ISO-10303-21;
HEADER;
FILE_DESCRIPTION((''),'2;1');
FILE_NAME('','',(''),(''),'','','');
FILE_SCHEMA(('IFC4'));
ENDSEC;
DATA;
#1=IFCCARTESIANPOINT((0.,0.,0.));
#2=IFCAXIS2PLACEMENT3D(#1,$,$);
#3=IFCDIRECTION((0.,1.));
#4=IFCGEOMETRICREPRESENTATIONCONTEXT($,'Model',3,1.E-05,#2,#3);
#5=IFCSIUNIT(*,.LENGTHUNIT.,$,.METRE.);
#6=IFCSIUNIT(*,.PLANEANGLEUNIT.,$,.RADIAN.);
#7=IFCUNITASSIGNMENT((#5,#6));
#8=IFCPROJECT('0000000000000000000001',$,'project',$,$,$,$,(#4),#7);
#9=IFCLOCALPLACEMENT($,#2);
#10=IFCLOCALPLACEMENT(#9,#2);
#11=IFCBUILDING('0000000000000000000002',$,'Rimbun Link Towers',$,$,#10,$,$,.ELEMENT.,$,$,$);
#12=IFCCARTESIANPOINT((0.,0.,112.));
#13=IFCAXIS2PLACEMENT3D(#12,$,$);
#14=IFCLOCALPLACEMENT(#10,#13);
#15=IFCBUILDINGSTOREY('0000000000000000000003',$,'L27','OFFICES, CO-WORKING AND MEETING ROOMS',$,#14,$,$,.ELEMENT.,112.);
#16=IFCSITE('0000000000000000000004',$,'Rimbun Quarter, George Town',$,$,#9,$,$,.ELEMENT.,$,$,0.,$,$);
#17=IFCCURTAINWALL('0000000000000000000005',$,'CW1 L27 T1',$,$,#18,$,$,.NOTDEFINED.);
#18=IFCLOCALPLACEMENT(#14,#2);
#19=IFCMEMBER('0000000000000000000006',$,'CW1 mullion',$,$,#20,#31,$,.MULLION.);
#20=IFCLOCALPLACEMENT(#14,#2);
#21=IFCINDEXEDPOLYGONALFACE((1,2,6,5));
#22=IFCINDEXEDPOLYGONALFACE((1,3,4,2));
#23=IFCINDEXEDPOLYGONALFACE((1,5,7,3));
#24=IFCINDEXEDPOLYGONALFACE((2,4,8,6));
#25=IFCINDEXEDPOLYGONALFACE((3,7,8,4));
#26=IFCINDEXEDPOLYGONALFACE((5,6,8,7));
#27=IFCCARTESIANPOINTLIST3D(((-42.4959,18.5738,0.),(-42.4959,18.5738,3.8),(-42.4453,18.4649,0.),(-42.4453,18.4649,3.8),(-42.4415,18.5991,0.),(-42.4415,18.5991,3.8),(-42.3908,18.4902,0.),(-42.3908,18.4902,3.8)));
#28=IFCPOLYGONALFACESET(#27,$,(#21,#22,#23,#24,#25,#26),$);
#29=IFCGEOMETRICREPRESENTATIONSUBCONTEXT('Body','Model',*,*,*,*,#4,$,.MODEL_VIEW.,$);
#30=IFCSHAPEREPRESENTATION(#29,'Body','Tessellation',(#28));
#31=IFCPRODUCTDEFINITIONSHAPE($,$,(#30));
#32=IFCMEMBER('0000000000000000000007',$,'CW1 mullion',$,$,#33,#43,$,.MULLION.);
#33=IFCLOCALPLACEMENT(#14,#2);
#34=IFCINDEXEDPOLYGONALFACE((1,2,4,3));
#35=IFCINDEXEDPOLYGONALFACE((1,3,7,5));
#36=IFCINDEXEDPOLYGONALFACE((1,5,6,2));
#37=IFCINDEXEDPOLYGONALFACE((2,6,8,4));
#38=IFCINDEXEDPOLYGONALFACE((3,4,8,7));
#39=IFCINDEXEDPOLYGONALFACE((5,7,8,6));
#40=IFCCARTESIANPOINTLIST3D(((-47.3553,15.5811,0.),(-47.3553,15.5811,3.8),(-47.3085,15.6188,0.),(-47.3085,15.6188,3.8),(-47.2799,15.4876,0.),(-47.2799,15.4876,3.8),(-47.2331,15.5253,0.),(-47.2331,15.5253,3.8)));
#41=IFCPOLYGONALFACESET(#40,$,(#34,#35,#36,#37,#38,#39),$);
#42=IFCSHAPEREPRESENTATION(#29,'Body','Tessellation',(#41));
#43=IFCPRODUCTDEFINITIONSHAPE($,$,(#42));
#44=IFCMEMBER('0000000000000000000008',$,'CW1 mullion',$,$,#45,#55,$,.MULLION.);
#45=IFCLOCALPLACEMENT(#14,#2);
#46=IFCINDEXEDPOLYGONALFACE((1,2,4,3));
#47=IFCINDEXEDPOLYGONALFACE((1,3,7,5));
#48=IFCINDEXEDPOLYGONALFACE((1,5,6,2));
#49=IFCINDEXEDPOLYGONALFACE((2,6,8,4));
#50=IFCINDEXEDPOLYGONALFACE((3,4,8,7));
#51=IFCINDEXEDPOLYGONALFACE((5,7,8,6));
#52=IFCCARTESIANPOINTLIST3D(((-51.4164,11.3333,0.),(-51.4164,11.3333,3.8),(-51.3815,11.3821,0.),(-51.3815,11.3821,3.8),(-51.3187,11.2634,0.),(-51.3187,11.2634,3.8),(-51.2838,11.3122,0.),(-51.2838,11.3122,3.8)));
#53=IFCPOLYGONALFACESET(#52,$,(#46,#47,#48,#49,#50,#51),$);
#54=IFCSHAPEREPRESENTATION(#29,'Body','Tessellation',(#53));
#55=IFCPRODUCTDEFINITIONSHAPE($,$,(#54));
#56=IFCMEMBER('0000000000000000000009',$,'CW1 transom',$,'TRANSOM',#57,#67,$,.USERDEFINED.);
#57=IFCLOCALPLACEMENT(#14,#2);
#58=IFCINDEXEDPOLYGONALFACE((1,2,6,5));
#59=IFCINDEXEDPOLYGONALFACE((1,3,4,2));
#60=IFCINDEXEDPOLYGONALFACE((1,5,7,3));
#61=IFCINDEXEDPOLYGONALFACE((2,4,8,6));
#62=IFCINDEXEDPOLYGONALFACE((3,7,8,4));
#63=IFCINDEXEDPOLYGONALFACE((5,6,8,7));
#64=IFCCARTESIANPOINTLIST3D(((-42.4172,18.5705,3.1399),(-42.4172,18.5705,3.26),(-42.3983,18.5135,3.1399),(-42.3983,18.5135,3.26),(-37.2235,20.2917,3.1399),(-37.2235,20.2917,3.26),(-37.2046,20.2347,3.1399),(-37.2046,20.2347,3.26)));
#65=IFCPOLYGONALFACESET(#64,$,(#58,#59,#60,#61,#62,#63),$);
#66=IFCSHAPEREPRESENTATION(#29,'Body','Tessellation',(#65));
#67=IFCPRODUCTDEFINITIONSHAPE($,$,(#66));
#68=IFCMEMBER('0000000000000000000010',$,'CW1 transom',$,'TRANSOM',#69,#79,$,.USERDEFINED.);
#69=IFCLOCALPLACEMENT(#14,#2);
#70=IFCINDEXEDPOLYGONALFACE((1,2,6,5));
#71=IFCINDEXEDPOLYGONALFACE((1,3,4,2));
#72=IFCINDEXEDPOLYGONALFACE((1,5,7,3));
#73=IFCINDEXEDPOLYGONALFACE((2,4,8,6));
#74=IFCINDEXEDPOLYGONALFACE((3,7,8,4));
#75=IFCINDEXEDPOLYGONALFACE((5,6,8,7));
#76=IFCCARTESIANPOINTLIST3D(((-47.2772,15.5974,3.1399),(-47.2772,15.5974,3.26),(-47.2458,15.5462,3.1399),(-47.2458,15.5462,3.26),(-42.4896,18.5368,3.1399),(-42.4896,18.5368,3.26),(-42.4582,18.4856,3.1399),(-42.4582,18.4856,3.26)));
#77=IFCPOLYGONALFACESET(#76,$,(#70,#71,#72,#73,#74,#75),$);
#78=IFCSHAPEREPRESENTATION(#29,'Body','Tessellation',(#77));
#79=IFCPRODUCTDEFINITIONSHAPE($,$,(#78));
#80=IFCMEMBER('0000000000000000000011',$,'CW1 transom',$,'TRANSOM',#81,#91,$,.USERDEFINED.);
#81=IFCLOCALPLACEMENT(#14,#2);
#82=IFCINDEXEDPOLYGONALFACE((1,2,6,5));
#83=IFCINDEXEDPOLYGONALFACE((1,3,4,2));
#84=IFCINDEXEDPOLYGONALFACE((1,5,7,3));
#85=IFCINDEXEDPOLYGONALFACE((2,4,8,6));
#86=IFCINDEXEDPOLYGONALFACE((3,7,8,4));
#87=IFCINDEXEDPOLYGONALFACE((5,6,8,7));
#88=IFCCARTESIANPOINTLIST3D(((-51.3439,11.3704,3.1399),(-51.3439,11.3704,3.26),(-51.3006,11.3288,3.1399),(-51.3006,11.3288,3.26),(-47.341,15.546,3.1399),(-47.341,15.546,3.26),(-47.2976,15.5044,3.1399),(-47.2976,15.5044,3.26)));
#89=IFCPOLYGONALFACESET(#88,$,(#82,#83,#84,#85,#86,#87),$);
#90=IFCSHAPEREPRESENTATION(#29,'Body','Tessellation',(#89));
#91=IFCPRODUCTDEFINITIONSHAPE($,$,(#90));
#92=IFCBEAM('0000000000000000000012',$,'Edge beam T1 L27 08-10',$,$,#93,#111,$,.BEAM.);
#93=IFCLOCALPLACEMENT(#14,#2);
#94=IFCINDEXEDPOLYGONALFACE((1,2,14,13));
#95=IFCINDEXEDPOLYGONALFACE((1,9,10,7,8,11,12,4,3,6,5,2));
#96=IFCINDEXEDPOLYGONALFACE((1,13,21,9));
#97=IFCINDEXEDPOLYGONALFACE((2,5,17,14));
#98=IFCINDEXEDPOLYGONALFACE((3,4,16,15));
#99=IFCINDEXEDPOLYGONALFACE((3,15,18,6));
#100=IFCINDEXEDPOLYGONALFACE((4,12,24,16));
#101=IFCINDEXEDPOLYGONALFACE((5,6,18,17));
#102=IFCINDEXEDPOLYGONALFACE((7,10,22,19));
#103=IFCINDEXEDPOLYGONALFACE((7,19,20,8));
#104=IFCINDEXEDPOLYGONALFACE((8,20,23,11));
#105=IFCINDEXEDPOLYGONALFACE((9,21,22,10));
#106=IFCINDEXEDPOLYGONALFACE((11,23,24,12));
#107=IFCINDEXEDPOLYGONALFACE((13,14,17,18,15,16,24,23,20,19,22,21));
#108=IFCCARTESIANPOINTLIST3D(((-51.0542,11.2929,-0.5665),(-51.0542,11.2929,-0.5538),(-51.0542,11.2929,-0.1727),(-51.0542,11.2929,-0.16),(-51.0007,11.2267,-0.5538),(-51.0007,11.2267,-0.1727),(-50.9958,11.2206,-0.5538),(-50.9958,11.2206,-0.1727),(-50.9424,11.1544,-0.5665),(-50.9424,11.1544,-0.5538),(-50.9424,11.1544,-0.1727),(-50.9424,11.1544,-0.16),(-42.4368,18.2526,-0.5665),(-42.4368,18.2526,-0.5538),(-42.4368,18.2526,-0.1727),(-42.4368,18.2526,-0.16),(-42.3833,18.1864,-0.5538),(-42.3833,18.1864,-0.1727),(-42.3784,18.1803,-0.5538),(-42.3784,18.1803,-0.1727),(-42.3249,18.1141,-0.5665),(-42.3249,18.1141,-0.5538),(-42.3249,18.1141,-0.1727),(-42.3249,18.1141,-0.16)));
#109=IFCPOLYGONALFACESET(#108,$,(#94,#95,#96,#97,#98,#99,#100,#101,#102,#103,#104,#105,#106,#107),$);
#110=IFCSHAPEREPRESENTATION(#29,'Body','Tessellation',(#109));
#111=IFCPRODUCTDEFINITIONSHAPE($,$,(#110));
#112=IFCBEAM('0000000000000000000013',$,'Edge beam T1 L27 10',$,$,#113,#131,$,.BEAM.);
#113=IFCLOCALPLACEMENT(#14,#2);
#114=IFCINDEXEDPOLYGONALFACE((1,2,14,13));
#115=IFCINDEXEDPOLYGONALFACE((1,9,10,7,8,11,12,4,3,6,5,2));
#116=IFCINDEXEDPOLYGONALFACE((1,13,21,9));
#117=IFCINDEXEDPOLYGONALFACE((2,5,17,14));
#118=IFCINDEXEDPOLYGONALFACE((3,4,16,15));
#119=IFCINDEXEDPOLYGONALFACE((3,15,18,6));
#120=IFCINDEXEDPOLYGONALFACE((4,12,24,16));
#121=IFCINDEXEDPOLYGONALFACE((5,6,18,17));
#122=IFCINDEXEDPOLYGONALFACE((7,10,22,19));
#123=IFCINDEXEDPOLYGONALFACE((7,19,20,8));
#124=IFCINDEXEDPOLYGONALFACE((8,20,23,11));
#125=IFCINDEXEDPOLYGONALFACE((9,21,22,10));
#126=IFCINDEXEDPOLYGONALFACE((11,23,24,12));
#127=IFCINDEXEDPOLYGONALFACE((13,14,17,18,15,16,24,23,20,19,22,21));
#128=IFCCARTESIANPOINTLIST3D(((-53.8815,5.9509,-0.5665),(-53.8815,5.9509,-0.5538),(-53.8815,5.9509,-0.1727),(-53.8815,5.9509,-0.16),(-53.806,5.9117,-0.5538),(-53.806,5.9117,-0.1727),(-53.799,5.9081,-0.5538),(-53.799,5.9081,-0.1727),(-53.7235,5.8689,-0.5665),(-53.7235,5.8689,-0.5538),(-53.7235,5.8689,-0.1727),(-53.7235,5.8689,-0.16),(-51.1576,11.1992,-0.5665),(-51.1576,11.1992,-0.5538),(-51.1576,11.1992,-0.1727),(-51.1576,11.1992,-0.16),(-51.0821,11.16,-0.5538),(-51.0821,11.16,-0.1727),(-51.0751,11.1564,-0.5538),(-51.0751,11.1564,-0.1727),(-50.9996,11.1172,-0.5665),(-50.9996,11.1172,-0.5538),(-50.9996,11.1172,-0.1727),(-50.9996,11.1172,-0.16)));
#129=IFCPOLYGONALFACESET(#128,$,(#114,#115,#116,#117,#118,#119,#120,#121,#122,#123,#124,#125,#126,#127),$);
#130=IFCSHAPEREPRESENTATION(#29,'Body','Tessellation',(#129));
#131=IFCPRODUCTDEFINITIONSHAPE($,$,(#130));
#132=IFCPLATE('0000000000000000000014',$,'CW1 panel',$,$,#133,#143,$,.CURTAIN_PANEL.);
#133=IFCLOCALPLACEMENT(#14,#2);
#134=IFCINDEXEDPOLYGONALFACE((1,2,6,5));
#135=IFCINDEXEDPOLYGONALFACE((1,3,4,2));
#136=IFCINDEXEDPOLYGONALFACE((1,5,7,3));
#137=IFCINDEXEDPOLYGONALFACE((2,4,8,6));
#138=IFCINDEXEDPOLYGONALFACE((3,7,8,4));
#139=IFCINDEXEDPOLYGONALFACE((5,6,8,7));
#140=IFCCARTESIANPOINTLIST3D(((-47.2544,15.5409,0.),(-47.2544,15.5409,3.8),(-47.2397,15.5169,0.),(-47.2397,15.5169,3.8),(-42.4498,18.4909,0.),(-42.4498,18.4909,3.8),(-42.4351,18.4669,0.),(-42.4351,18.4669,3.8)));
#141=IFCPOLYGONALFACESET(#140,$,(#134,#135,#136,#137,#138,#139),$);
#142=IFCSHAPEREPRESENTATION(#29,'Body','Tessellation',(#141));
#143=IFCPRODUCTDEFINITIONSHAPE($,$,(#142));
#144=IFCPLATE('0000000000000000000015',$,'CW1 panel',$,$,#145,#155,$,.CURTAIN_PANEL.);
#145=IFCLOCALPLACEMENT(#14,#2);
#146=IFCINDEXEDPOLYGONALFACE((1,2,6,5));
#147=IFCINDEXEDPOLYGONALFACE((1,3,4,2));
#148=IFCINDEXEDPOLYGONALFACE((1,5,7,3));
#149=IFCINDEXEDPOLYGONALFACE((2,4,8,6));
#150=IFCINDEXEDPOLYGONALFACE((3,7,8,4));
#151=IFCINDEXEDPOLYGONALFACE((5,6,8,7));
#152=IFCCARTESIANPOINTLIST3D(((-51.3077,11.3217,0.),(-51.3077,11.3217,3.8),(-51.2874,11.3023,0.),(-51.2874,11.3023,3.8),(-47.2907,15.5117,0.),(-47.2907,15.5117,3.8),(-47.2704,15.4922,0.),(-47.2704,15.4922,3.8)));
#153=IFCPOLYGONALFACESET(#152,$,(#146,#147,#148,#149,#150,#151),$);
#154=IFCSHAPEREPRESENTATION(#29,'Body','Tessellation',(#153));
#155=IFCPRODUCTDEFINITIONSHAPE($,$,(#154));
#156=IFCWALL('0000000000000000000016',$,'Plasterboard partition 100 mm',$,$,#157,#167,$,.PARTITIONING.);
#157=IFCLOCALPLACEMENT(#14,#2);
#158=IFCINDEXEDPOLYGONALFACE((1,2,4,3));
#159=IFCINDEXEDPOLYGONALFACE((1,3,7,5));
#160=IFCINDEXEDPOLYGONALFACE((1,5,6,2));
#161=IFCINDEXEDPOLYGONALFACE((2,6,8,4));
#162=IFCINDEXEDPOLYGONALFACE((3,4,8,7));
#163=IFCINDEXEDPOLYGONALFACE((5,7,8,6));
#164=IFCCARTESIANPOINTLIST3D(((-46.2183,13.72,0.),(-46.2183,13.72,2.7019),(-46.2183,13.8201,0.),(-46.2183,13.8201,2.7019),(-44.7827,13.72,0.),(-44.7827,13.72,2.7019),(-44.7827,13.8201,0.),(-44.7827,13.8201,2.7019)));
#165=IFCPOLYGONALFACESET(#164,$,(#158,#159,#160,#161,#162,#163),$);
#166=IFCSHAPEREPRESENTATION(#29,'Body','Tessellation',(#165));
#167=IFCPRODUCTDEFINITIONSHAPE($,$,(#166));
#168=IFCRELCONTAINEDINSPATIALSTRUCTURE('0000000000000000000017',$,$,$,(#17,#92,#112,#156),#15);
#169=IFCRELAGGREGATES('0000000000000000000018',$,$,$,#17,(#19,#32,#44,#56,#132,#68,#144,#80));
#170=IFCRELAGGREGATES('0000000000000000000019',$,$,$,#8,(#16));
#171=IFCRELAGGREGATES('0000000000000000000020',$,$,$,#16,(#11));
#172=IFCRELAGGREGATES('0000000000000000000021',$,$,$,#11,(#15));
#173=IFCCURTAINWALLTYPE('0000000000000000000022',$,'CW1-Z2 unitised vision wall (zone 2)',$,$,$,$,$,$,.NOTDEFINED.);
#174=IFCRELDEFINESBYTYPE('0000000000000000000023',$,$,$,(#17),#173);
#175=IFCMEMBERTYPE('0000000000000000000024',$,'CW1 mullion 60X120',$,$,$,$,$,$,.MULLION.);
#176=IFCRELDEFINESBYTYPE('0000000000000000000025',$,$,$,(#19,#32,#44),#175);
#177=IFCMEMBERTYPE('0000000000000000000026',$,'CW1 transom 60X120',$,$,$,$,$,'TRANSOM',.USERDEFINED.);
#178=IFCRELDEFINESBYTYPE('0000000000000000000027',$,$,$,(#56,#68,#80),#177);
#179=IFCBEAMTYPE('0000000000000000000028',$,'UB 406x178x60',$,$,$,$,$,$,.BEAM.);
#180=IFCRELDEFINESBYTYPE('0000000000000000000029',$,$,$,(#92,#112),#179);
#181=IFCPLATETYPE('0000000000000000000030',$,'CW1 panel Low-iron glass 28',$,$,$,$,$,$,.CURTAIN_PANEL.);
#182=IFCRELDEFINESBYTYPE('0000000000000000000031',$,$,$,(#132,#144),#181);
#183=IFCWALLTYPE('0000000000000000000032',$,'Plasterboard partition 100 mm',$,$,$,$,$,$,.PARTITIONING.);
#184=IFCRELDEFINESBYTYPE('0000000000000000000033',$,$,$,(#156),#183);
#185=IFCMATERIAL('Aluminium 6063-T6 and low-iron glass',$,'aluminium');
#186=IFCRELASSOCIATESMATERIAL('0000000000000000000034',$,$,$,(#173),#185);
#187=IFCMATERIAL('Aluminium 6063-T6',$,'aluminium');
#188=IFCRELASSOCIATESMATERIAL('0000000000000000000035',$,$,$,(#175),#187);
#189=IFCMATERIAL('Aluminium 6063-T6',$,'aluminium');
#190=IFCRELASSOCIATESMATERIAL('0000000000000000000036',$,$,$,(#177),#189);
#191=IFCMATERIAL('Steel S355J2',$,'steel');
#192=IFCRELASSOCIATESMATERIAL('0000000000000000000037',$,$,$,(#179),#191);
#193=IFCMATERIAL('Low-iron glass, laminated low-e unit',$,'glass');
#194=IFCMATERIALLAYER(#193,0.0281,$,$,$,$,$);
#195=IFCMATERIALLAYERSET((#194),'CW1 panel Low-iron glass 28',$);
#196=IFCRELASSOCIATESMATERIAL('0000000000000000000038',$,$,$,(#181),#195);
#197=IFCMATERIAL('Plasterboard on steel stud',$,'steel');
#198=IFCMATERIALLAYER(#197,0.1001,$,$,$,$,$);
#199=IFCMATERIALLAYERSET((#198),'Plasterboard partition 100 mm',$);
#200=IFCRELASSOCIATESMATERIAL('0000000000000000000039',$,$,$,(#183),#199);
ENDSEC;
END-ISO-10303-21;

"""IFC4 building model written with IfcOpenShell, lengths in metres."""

from ifc_helpers import new_model, si_unit, direction, frame, frame_2d, origin, origin_2d, place, context, subcontext, project, spatial, rectangle, i_section, extrude, material, layer, layer_set, material_profile, profile_set, type_object, element, aggregate, save


model = new_model("IFC4")

# Units and contexts
model_context = context("Model", 3, precision=1e-05, world=origin(), true_north=direction((0.0, 1.0)))
body_context = subcontext(model_context, "Body", "Model", "MODEL_VIEW")
ifc_project = project(units=[si_unit("LENGTHUNIT", "METRE"), si_unit("PLANEANGLEUNIT", "RADIAN")], contexts=[model_context])

# Site, building, storey
site_placement = place(None, origin())
site = spatial("IfcSite", under=ifc_project, at=site_placement, Name="Rimbun Quarter, George Town", CompositionType="ELEMENT", RefElevation=0.0)
building_placement = place(site_placement, origin())
building = spatial("IfcBuilding", under=site, at=building_placement, Name="Rimbun Link Towers", CompositionType="ELEMENT")
storey_placement = place(building_placement, frame((0.0, 0.0, 112.0)))
storey = spatial("IfcBuildingStorey", under=building, at=storey_placement, Name="L27", Description="OFFICES, CO-WORKING AND MEETING ROOMS", CompositionType="ELEMENT", Elevation=112.0)

# Curtain wall, members
ifc_material_1 = material(Name="Aluminium 6063-T6 and low-iron glass", Category="aluminium")
curtain_wall_type = type_object("IfcCurtainWallType", Name="CW1-Z2 unitised vision wall (zone 2)", PredefinedType="NOTDEFINED", material=ifc_material_1)
curtain_wall_placement = place(storey_placement, origin())
curtain_wall = element("IfcCurtainWall", 1, at=curtain_wall_placement, inside=storey, type_object=curtain_wall_type, Name="CW1 L27 T1", PredefinedType="NOTDEFINED")
ifc_material_2 = material(Name="Aluminium 6063-T6", Category="aluminium")
ifc_material_profile_1 = material_profile(ifc_material_2, rectangle(XDim=0.1201, YDim=0.0601, at=origin_2d()), Name="MULLION 60X120")
ifc_profile_set_1 = profile_set([ifc_material_profile_1], Name="Aluminium 6063-T6")
member_type_1 = type_object("IfcMemberType", Name="CW1 mullion 60X120", PredefinedType="MULLION", material=ifc_profile_set_1)
member_1_placement = place(storey_placement, frame((-42.4434, 18.532, 0.0), z_axis=(0.0, 0.0, 1.0), x_axis=(-0.421703, 0.906734, 0.0)))
member_1 = element("IfcMember", 2, at=member_1_placement, type_object=member_type_1, Name="CW1 mullion", PredefinedType="MULLION", context=body_context, shape_type="SweptSolid", body=[
    extrude(rectangle(XDim=0.1201, YDim=0.0601, at=origin_2d()), origin(), (0.0, 0.0, 1.0), 3.8),
])
member_2_placement = place(storey_placement, frame((-47.2942, 15.5532, 0.0), z_axis=(0.0, 0.0, 1.0), x_axis=(-0.62767, 0.778479, 0.0)))
member_2 = element("IfcMember", 3, at=member_2_placement, type_object=member_type_1, Name="CW1 mullion", PredefinedType="MULLION", context=body_context, shape_type="SweptSolid", body=[
    extrude(rectangle(XDim=0.1201, YDim=0.0601, at=origin_2d()), origin(), (0.0, 0.0, 1.0), 3.8),
])
member_3_placement = place(storey_placement, frame((-51.3501, 11.3228, 0.0), z_axis=(0.0, 0.0, 1.0), x_axis=(-0.813347, 0.581778, 0.0)))
member_3 = element("IfcMember", 4, at=member_3_placement, type_object=member_type_1, Name="CW1 mullion", PredefinedType="MULLION", context=body_context, shape_type="SweptSolid", body=[
    extrude(rectangle(XDim=0.1201, YDim=0.0601, at=origin_2d()), origin(), (0.0, 0.0, 1.0), 3.8),
])
ifc_material_3 = material(Name="Aluminium 6063-T6", Category="aluminium")
ifc_material_profile_2 = material_profile(ifc_material_3, rectangle(XDim=0.0601, YDim=0.1201, at=origin_2d()), Name="TRANSOM 60X120")
ifc_profile_set_2 = profile_set([ifc_material_profile_2], Name="Aluminium 6063-T6")
member_type_2 = type_object("IfcMemberType", Name="CW1 transom 60X120", ElementType="TRANSOM", PredefinedType="USERDEFINED", material=ifc_profile_set_2)
member_4_placement = place(storey_placement, frame((-42.4077, 18.542, 3.2), z_axis=(0.949231, 0.314581, 0.0), x_axis=(-0.314581, 0.949231, 0.0)))
member_4 = element("IfcMember", 5, at=member_4_placement, type_object=member_type_2, Name="CW1 transom", ObjectType="TRANSOM", PredefinedType="USERDEFINED", context=body_context, shape_type="SweptSolid", body=[
    extrude(rectangle(XDim=0.0601, YDim=0.1201, at=origin_2d()), origin(), (0.0, 0.0, 1.0), 5.4714),
])
member_5_placement = place(storey_placement, frame((-47.2615, 15.5718, 3.2), z_axis=(0.852195, 0.523224, 0.0), x_axis=(-0.523224, 0.852195, 0.0)))
member_5 = element("IfcMember", 6, at=member_5_placement, type_object=member_type_2, Name="CW1 transom", ObjectType="TRANSOM", PredefinedType="USERDEFINED", context=body_context, shape_type="SweptSolid", body=[
    extrude(rectangle(XDim=0.0601, YDim=0.1201, at=origin_2d()), origin(), (0.0, 0.0, 1.0), 5.6179),
])
member_6_placement = place(storey_placement, frame((-51.3223, 11.3496, 3.2), z_axis=(0.692029, 0.72187, 0.0), x_axis=(-0.72187, 0.692029, 0.0)))
member_6 = element("IfcMember", 7, at=member_6_placement, type_object=member_type_2, Name="CW1 transom", ObjectType="TRANSOM", PredefinedType="USERDEFINED", context=body_context, shape_type="SweptSolid", body=[
    extrude(rectangle(XDim=0.0601, YDim=0.1201, at=origin_2d()), origin(), (0.0, 0.0, 1.0), 5.7844),
])

# Beams
ifc_material_4 = material(Name="Steel S355J2", Category="steel")
ifc_material_profile_3 = material_profile(ifc_material_4, i_section(OverallWidth=0.178, OverallDepth=0.4065, WebThickness=0.0078, FlangeThickness=0.0127, at=origin_2d()), Name="UB 406x178x60")
ifc_profile_set_3 = profile_set([ifc_material_profile_3], Name="Steel S355J2")
beam_type = type_object("IfcBeamType", Name="UB 406x178x60", PredefinedType="BEAM", material=ifc_profile_set_3)
beam_1_placement = place(storey_placement, frame((-42.3809, 18.1833, -0.3633), z_axis=(-0.777964, -0.628309, 0.0), x_axis=(0.628309, -0.777964, 0.0)))
element("IfcBeam", 8, at=beam_1_placement, inside=storey, type_object=beam_type, Name="Edge beam T1 L27 08-10", PredefinedType="BEAM", context=body_context, shape_type="SweptSolid", body=[
    extrude(i_section(OverallWidth=0.178, OverallDepth=0.4065, WebThickness=0.0078, FlangeThickness=0.0127, at=origin_2d()), origin(), (0.0, 0.0, 1.0), 11.0769),
])
beam_2_placement = place(storey_placement, frame((-51.0786, 11.1582, -0.3633), z_axis=(-0.460656, -0.887579, 0.0), x_axis=(0.887579, -0.460656, 0.0)))
element("IfcBeam", 9, at=beam_2_placement, inside=storey, type_object=beam_type, Name="Edge beam T1 L27 10", PredefinedType="BEAM", context=body_context, shape_type="SweptSolid", body=[
    extrude(i_section(OverallWidth=0.178, OverallDepth=0.4065, WebThickness=0.0078, FlangeThickness=0.0127, at=origin_2d()), origin(), (0.0, 0.0, 1.0), 5.9131),
])

# Plates
ifc_material_5 = material(Name="Low-iron glass, laminated low-e unit", Category="glass")
ifc_layer_1 = layer(ifc_material_5, 0.0281)
ifc_layer_set_1 = layer_set([ifc_layer_1], Name="CW1 panel Low-iron glass 28")
plate_type = type_object("IfcPlateType", Name="CW1 panel Low-iron glass 28", PredefinedType="CURTAIN_PANEL", material=ifc_layer_set_1)
plate_1_placement = place(storey_placement, frame((-44.8447, 17.0039, 0.0), z_axis=(0.0, 0.0, 1.0), x_axis=(0.852185, 0.523241, 0.0)))
plate_1 = element("IfcPlate", 10, at=plate_1_placement, type_object=plate_type, Name="CW1 panel", PredefinedType="CURTAIN_PANEL", context=body_context, shape_type="SweptSolid", body=[
    extrude(rectangle(XDim=5.6379, YDim=0.0281, at=origin_2d()), origin(), (0.0, 0.0, 1.0), 3.8),
])
plate_2_placement = place(storey_placement, frame((-49.2891, 13.407, 0.0), z_axis=(0.0, 0.0, 1.0), x_axis=(0.692055, 0.721845, 0.0)))
plate_2 = element("IfcPlate", 11, at=plate_2_placement, type_object=plate_type, Name="CW1 panel", PredefinedType="CURTAIN_PANEL", context=body_context, shape_type="SweptSolid", body=[
    extrude(rectangle(XDim=5.8044, YDim=0.0281, at=origin_2d()), origin(), (0.0, 0.0, 1.0), 3.8),
])
aggregate(curtain_wall, [member_1, member_2, member_3, member_4, plate_1, member_5, plate_2, member_6])

# Wall
ifc_material_6 = material(Name="Plasterboard on steel stud", Category="steel")
ifc_layer_2 = layer(ifc_material_6, 0.1001)
ifc_layer_set_2 = layer_set([ifc_layer_2], Name="Plasterboard partition 100 mm")
wall_type = type_object("IfcWallType", Name="Plasterboard partition 100 mm", PredefinedType="PARTITIONING", material=ifc_layer_set_2)
wall_placement = place(storey_placement, frame((-44.7827, 13.77, 0.0), z_axis=(0.0, 0.0, 1.0), x_axis=(-1.0, 0.0, 0.0)))
element("IfcWall", 12, at=wall_placement, inside=storey, type_object=wall_type, Name="Plasterboard partition 100 mm", PredefinedType="PARTITIONING", context=body_context, shape_type="SweptSolid", body=[
    extrude(rectangle(XDim=1.4355, YDim=0.1001, at=frame_2d((0.7178, 0.0))), origin(), (0.0, 0.0, 1.0), 2.7019),
])

save(model, "model.ifc")
